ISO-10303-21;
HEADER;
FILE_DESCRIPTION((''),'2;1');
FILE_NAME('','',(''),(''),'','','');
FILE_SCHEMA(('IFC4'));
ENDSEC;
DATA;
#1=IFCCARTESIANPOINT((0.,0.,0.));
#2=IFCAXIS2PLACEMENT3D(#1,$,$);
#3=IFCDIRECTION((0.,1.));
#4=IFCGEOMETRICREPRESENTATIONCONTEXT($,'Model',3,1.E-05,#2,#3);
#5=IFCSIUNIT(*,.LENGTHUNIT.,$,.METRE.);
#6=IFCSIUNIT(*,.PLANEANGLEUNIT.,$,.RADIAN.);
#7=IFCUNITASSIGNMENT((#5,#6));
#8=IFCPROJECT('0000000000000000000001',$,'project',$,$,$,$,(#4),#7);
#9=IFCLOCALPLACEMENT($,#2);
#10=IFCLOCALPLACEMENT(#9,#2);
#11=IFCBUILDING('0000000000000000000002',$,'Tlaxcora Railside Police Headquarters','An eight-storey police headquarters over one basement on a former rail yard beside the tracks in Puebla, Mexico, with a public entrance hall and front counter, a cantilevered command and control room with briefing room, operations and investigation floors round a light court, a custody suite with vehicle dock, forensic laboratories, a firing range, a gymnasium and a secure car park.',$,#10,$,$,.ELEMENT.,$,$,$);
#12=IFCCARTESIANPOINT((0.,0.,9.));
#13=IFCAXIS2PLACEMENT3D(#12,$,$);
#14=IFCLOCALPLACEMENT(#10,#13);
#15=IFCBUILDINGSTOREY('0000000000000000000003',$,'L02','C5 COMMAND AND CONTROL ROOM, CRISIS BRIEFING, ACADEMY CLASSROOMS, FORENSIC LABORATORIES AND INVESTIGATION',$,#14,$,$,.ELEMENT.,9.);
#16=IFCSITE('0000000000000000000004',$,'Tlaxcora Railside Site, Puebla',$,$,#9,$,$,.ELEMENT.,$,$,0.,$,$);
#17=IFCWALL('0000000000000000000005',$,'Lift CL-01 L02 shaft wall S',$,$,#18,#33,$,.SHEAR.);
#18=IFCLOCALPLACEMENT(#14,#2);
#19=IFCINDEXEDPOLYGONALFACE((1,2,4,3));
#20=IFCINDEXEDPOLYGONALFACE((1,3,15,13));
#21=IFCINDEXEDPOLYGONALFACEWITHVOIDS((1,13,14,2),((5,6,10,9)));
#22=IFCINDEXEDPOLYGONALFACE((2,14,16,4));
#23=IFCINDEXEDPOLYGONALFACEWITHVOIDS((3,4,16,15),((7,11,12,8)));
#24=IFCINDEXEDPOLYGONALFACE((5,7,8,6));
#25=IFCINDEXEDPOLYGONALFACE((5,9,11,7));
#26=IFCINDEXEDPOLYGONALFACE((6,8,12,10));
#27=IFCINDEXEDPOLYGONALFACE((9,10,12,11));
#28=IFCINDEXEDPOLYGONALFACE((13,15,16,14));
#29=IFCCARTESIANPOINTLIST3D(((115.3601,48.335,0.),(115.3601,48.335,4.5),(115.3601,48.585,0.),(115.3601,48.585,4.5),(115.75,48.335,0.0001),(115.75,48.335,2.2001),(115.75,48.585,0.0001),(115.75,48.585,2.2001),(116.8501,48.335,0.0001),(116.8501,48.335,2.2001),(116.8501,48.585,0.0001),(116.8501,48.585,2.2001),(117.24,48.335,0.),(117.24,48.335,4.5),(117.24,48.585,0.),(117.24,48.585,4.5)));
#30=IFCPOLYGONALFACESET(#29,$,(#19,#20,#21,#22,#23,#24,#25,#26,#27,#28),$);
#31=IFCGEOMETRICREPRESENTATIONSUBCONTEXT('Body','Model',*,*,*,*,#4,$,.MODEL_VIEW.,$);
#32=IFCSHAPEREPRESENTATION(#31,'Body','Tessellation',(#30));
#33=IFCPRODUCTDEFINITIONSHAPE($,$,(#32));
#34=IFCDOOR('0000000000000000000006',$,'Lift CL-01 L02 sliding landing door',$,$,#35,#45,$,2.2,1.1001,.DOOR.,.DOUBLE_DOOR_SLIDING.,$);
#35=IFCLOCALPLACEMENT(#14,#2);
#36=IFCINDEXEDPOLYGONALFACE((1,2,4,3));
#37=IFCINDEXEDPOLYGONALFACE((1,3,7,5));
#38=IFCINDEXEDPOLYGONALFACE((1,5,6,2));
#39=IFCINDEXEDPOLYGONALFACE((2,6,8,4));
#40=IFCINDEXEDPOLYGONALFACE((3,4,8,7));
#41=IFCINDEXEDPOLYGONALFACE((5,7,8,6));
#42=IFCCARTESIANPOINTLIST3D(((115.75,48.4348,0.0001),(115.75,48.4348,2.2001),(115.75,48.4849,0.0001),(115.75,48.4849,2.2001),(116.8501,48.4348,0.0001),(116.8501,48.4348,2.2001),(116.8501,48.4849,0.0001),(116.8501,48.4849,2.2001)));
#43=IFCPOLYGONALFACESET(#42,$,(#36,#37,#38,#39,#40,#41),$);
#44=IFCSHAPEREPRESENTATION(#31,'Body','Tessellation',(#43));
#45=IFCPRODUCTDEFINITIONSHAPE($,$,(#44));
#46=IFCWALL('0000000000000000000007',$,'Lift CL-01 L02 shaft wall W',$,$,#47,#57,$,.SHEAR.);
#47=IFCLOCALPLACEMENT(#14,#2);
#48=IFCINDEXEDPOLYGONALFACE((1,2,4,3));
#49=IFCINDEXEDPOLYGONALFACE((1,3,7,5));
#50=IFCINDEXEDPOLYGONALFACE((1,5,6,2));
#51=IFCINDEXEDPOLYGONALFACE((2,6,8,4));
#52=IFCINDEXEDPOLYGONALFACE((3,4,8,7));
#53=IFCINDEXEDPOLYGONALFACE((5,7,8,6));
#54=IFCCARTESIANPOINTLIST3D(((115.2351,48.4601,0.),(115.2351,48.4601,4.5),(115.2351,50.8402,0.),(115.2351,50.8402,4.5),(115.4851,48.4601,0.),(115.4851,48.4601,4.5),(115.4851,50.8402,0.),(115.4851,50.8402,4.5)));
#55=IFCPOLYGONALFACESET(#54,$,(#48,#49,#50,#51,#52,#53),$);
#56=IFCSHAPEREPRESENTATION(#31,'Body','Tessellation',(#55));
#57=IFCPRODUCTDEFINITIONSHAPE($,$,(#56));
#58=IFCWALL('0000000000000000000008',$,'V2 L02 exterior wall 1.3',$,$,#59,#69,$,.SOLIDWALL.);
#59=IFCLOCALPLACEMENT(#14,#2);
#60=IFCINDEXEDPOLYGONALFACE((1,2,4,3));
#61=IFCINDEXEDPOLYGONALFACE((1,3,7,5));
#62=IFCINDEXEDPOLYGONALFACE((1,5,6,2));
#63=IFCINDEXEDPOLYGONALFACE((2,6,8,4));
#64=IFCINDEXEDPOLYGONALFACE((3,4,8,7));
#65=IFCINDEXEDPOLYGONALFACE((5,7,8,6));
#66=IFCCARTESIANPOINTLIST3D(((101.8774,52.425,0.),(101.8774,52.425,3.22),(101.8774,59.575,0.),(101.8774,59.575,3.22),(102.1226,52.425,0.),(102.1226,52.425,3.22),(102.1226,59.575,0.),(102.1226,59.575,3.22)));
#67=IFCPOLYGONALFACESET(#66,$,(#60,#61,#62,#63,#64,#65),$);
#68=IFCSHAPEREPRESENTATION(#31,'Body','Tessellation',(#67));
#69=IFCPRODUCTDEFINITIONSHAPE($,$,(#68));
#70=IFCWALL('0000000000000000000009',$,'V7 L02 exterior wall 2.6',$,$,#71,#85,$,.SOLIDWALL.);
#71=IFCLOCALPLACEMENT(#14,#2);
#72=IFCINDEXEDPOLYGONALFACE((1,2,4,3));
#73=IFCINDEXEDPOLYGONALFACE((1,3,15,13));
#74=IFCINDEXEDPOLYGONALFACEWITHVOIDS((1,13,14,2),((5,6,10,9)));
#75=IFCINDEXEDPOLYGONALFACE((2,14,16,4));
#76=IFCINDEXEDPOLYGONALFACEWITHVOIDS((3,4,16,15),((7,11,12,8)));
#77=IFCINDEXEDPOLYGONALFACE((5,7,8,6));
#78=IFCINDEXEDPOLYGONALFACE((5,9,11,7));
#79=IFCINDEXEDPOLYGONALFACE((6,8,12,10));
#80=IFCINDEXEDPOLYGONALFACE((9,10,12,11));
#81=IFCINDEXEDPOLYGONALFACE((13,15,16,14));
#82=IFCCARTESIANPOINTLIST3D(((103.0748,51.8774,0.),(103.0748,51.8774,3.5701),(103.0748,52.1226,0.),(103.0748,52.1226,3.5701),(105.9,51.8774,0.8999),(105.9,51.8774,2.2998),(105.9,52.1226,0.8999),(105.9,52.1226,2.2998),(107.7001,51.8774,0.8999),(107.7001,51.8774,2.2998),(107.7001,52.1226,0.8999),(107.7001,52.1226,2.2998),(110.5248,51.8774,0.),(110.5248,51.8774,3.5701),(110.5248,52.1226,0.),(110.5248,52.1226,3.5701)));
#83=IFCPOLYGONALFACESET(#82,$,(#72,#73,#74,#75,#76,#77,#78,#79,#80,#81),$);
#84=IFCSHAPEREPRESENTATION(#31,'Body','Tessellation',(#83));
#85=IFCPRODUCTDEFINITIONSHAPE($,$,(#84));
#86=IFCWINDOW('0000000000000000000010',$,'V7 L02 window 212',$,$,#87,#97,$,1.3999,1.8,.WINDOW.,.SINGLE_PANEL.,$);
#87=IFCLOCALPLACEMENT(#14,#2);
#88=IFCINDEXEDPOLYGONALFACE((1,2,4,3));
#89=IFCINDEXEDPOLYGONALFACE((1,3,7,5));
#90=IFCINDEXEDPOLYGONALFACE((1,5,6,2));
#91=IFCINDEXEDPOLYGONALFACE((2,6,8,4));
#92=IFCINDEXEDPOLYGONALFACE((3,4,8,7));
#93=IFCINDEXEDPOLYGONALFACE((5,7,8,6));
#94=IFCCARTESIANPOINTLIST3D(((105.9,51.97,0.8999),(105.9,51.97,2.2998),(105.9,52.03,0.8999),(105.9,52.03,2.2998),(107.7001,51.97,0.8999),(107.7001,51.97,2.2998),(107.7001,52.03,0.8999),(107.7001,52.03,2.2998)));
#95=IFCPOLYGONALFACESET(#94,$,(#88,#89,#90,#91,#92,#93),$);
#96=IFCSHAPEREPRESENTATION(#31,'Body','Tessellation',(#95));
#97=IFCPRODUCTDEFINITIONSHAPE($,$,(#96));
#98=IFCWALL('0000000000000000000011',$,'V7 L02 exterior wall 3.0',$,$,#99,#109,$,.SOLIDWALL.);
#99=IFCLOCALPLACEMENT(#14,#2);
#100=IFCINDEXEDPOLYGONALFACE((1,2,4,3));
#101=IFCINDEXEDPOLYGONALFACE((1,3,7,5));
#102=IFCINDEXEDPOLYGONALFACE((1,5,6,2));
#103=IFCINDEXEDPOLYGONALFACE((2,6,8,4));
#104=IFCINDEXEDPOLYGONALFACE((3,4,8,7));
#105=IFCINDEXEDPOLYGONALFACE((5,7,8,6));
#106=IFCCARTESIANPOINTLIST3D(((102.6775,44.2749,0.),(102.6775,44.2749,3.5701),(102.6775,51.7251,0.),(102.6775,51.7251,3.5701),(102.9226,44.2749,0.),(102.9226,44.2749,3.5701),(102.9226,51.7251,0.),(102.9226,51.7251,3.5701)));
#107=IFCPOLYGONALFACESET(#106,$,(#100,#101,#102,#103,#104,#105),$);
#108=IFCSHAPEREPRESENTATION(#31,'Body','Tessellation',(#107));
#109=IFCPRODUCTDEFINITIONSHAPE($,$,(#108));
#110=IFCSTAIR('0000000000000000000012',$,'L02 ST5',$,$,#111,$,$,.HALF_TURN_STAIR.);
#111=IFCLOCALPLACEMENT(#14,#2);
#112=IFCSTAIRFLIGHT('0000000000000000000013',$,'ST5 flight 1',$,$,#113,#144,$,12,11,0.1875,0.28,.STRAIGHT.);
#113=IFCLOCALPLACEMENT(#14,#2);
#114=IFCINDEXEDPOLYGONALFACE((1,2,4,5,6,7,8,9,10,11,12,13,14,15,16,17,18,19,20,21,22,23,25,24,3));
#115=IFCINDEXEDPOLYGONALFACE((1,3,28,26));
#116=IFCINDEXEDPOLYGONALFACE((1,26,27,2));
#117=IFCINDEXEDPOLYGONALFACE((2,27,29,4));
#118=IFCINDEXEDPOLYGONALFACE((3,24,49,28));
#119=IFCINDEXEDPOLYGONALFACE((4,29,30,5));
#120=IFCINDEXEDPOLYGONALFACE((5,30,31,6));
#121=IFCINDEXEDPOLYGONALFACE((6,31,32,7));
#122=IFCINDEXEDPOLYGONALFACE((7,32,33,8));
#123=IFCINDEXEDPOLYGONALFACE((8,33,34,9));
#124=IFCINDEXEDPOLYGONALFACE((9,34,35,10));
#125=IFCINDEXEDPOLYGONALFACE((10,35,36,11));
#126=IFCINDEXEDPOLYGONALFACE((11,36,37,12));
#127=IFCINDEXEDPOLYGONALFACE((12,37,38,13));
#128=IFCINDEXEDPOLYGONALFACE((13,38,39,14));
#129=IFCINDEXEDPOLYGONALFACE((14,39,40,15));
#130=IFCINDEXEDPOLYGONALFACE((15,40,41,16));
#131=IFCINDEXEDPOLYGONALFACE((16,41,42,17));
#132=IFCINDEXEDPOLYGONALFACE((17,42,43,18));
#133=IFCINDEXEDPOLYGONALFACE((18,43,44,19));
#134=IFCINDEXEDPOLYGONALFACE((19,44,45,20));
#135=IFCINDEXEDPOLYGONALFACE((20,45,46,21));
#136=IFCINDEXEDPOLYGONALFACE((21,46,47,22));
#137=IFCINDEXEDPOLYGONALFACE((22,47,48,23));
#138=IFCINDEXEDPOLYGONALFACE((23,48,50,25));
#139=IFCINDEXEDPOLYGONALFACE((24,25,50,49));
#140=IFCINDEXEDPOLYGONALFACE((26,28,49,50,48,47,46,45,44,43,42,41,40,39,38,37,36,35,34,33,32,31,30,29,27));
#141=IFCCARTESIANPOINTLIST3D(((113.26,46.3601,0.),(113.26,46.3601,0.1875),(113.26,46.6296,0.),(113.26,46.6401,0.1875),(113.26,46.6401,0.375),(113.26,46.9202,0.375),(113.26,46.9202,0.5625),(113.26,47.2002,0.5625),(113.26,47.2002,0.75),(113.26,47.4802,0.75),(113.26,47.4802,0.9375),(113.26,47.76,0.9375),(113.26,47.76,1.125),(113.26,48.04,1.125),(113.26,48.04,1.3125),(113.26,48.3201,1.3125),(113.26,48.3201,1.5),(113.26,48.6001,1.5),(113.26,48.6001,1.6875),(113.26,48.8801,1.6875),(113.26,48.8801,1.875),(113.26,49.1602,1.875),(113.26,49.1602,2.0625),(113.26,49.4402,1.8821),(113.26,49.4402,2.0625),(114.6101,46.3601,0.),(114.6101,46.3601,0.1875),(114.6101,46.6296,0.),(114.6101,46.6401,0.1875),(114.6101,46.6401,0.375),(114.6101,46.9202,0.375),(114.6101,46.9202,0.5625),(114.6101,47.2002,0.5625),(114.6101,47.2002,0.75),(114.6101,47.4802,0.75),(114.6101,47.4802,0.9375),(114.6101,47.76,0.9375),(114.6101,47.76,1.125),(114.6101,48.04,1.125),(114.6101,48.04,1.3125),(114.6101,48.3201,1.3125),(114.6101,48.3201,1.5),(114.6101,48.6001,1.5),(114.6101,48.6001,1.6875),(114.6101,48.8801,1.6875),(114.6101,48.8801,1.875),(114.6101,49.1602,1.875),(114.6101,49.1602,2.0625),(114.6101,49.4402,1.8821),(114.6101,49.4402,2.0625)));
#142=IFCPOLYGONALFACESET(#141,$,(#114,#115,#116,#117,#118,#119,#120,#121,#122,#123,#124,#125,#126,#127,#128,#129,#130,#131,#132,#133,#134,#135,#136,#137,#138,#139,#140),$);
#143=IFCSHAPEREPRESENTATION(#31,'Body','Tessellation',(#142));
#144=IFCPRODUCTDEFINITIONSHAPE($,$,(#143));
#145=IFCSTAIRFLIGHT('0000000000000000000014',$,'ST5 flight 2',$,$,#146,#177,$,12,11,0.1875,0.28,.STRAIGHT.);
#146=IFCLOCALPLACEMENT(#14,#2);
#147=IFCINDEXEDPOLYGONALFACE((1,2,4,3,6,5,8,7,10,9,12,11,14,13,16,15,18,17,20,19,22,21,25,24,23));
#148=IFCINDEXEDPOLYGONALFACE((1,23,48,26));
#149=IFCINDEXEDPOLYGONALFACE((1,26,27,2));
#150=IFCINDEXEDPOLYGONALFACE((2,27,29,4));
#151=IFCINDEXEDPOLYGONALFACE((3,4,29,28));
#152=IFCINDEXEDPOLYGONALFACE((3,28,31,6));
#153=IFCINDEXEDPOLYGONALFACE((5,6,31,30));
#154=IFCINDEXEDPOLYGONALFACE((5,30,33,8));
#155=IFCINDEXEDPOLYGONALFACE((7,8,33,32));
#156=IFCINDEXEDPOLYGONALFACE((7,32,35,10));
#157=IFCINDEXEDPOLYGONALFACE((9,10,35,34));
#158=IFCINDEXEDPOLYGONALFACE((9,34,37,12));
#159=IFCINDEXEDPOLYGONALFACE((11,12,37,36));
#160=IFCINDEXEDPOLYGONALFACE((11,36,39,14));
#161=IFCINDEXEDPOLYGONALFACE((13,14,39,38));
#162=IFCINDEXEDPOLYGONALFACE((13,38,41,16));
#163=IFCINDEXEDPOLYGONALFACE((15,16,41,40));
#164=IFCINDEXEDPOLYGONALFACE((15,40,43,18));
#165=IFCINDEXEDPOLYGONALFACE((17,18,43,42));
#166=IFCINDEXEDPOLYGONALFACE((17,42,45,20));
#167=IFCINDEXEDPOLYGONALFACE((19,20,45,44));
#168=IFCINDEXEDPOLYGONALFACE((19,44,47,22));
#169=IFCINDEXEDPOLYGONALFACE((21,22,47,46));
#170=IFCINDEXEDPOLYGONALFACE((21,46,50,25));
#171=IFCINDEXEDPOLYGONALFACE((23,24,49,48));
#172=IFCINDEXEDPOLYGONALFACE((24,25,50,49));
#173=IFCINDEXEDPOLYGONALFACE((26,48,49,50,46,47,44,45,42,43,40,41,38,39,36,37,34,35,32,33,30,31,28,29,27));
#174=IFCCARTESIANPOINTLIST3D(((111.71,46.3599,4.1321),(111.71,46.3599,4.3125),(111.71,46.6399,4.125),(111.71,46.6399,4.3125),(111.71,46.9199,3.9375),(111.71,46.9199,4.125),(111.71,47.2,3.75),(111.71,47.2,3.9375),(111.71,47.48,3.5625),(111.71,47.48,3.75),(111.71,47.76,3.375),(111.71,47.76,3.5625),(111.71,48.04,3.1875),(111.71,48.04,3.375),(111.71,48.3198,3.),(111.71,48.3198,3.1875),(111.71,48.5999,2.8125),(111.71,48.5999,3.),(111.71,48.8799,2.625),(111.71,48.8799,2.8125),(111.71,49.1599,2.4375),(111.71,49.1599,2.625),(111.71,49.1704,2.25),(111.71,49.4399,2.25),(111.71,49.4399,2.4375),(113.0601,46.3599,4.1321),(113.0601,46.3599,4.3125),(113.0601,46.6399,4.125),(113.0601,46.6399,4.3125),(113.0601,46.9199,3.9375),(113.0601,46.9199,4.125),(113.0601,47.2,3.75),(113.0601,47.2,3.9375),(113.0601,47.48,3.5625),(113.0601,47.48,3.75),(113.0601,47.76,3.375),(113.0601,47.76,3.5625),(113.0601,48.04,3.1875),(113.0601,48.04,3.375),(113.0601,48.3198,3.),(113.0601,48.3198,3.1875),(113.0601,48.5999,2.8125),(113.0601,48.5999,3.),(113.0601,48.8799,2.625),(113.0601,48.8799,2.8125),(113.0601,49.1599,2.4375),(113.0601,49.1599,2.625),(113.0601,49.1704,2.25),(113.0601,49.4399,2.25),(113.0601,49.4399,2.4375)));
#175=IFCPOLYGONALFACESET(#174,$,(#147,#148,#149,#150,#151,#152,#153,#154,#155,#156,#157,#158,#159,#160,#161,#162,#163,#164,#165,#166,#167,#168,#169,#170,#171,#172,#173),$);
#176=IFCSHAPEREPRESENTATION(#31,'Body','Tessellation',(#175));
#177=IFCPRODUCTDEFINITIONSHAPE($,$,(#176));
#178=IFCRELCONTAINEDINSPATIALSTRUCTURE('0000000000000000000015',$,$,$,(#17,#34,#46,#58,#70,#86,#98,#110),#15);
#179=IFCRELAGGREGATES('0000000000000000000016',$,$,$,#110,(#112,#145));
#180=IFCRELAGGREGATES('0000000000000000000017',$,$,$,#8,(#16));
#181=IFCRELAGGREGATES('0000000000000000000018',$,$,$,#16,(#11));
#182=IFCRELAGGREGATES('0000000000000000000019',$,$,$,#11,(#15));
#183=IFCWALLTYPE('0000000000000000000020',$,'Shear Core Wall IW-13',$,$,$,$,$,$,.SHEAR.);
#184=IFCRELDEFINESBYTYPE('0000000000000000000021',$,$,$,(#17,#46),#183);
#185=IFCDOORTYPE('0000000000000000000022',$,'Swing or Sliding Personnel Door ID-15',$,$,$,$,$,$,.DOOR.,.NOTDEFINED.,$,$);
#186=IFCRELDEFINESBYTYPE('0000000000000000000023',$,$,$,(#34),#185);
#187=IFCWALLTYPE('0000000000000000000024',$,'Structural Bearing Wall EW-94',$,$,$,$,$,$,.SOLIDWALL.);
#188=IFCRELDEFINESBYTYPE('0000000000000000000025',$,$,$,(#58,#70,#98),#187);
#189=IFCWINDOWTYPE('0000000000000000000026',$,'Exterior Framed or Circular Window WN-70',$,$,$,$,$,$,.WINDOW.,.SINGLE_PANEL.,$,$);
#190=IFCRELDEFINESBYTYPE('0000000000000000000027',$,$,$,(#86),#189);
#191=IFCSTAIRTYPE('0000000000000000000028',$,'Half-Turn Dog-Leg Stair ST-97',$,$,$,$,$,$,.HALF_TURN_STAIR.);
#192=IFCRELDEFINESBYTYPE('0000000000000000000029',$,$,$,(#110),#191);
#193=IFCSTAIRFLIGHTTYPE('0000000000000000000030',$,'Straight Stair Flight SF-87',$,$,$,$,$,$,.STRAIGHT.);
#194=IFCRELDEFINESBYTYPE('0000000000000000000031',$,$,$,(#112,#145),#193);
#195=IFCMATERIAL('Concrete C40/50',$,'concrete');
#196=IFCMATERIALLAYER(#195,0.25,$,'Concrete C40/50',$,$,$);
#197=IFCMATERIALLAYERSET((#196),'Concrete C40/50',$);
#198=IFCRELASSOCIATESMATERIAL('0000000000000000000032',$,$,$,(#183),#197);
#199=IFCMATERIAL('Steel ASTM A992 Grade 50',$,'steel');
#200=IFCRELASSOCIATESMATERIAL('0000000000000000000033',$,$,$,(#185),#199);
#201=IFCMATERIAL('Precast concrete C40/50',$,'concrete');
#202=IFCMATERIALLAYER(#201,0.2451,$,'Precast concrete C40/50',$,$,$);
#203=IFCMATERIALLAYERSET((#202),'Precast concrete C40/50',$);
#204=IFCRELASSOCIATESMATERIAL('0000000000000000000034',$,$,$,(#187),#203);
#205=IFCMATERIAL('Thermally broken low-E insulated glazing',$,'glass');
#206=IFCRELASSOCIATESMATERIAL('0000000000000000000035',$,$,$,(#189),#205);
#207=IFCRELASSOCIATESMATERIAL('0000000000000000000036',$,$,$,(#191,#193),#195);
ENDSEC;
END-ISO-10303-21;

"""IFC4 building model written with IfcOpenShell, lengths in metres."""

from ifc_helpers import new_model, si_unit, direction, frame, frame_2d, origin, place, context, subcontext, project, spatial, polyline, rectangle, outline, extrude, material, layer, layer_set, type_object, element, fill, aggregate, save


model = new_model("IFC4")

# Units and contexts
model_context = context("Model", 3, precision=1e-05, world=origin(), true_north=direction((0.0, 1.0)))
body_context = subcontext(model_context, "Body", "Model", "MODEL_VIEW")
ifc_project = project(units=[si_unit("LENGTHUNIT", "METRE"), si_unit("PLANEANGLEUNIT", "RADIAN")], contexts=[model_context])

# Site, building, storey
site_placement = place(None, origin())
site = spatial("IfcSite", under=ifc_project, at=site_placement, Name="Tlaxcora Railside Site, Puebla", CompositionType="ELEMENT", RefElevation=0.0)
building_placement = place(site_placement, origin())
building = spatial("IfcBuilding", under=site, at=building_placement, Name="Tlaxcora Railside Police Headquarters", Description="An eight-storey police headquarters over one basement on a former rail yard beside the tracks in Puebla, Mexico, with a public entrance hall and front counter, a cantilevered command and control room with briefing room, operations and investigation floors round a light court, a custody suite with vehicle dock, forensic laboratories, a firing range, a gymnasium and a secure car park.", CompositionType="ELEMENT")
storey_placement = place(building_placement, frame((0.0, 0.0, 9.0)))
storey = spatial("IfcBuildingStorey", under=building, at=storey_placement, Name="L02", Description="C5 COMMAND AND CONTROL ROOM, CRISIS BRIEFING, ACADEMY CLASSROOMS, FORENSIC LABORATORIES AND INVESTIGATION", CompositionType="ELEMENT", Elevation=9.0)

# Shared definitions
ifc_material_1 = material(Name="Concrete C40/50", Category="concrete")

# Shared definitions
ifc_material_2 = material(Name="Steel ASTM A992 Grade 50", Category="steel")

# Shared definitions
ifc_layer_1 = layer(ifc_material_1, 0.25, Name="Concrete C40/50")
ifc_layer_set_1 = layer_set([ifc_layer_1], Name="Concrete C40/50")
wall_type_1 = type_object("IfcWallType", Name="Shear Core Wall IW-13", PredefinedType="SHEAR", material=ifc_layer_set_1)

# Wall, opening, door
wall_1_placement = place(storey_placement, frame((115.3601, 48.46, 0.0), z_axis=(0.0, 0.0, 1.0), x_axis=(1.0, 0.0, 0.0)))
wall_1 = element("IfcWall", 1, at=wall_1_placement, inside=storey, type_object=wall_type_1, Name="Lift CL-01 L02 shaft wall S", PredefinedType="SHEAR", context=body_context, shape_type="SweptSolid", body=[
    extrude(rectangle(XDim=1.8799, YDim=0.25, at=frame_2d((0.9399, 0.0))), origin(), (0.0, 0.0, 1.0), 4.5),
])
opening_1_placement = place(wall_1_placement, frame((0.3899, 0.0, 0.0)))
opening_1 = element("IfcOpeningElement", 2, at=opening_1_placement, cuts=wall_1, PredefinedType="OPENING", context=body_context, shape_type="SweptSolid", body=[
    extrude(rectangle(XDim=1.1001, YDim=2.2, at=frame_2d((0.55, 1.1001))), frame((0.0, 0.135, 0.0), z_axis=(0.0, -1.0, 0.0), x_axis=(1.0, 0.0, 0.0)), (0.0, 0.0, 1.0), 0.27),
])
door_type_1 = type_object("IfcDoorType", Name="Swing or Sliding Personnel Door ID-15", OperationType="NOTDEFINED", PredefinedType="DOOR", material=ifc_material_2)
door_1_placement = place(opening_1_placement, origin())
door_1 = element("IfcDoor", 3, at=door_1_placement, inside=storey, type_object=door_type_1, Name="Lift CL-01 L02 sliding landing door", OperationType="DOUBLE_DOOR_SLIDING", OverallHeight=2.2, OverallWidth=1.1001, PredefinedType="DOOR", context=body_context, shape_type="SweptSolid", body=[
    extrude(rectangle(XDim=1.1001, YDim=2.2, at=frame_2d((0.55, 1.1001))), frame((0.0, 0.0249, 0.0), z_axis=(0.0, -1.0, 0.0), x_axis=(1.0, 0.0, 0.0)), (0.0, 0.0, 1.0), 0.05),
])
fill(opening_1, door_1)

# Walls
wall_2_placement = place(storey_placement, frame((115.3601, 50.8401, 0.0), z_axis=(0.0, 0.0, 1.0), x_axis=(0.0, -1.0, 0.0)))
element("IfcWall", 4, at=wall_2_placement, inside=storey, type_object=wall_type_1, Name="Lift CL-01 L02 shaft wall W", PredefinedType="SHEAR", context=body_context, shape_type="SweptSolid", body=[
    extrude(rectangle(XDim=2.3801, YDim=0.25, at=frame_2d((1.1899, 0.0))), origin(), (0.0, 0.0, 1.0), 4.5),
])
ifc_material_3 = material(Name="Precast concrete C40/50", Category="concrete")
ifc_layer_2 = layer(ifc_material_3, 0.2451, Name="Precast concrete C40/50")
ifc_layer_set_2 = layer_set([ifc_layer_2], Name="Precast concrete C40/50")
wall_type_2 = type_object("IfcWallType", Name="Structural Bearing Wall EW-94", PredefinedType="SOLIDWALL", material=ifc_layer_set_2)
wall_3_placement = place(storey_placement, frame((102.0, 52.425, 0.0), z_axis=(0.0, 0.0, 1.0), x_axis=(0.0, 1.0, 0.0)))
element("IfcWall", 5, at=wall_3_placement, inside=storey, type_object=wall_type_2, Name="V2 L02 exterior wall 1.3", PredefinedType="SOLIDWALL", context=body_context, shape_type="SweptSolid", body=[
    extrude(rectangle(XDim=7.1499, YDim=0.2451, at=frame_2d((3.575, 0.0))), origin(), (0.0, 0.0, 1.0), 3.22),
])

# Wall, opening, window
wall_4_placement = place(storey_placement, frame((110.5249, 52.0, 0.0), z_axis=(0.0, 0.0, 1.0), x_axis=(-1.0, 0.0, 0.0)))
wall_4 = element("IfcWall", 6, at=wall_4_placement, inside=storey, type_object=wall_type_2, Name="V7 L02 exterior wall 2.6", PredefinedType="SOLIDWALL", context=body_context, shape_type="SweptSolid", body=[
    extrude(rectangle(XDim=7.45, YDim=0.2451, at=frame_2d((3.7251, 0.0))), origin(), (0.0, 0.0, 1.0), 3.5701),
])
opening_2_placement = place(wall_4_placement, frame((2.825, 0.0, 0.8999)))
opening_2 = element("IfcOpeningElement", 7, at=opening_2_placement, cuts=wall_4, PredefinedType="OPENING", context=body_context, shape_type="SweptSolid", body=[
    extrude(rectangle(XDim=1.8, YDim=1.3999, at=frame_2d((0.8999, 0.7))), frame((0.0, 0.1326, 0.0), z_axis=(0.0, -1.0, 0.0), x_axis=(1.0, 0.0, 0.0)), (0.0, 0.0, 1.0), 0.2651),
])
ifc_material_4 = material(Name="Thermally broken low-E insulated glazing", Category="glass")
window_type = type_object("IfcWindowType", Name="Exterior Framed or Circular Window WN-70", PartitioningType="SINGLE_PANEL", PredefinedType="WINDOW", material=ifc_material_4)
window_placement = place(opening_2_placement, origin())
window = element("IfcWindow", 8, at=window_placement, inside=storey, type_object=window_type, Name="V7 L02 window 212", OverallHeight=1.3999, OverallWidth=1.8, PartitioningType="SINGLE_PANEL", PredefinedType="WINDOW", context=body_context, shape_type="SweptSolid", body=[
    extrude(rectangle(XDim=1.8, YDim=1.3999, at=frame_2d((0.8999, 0.7))), frame((0.0, 0.03, 0.0), z_axis=(0.0, -1.0, 0.0), x_axis=(1.0, 0.0, 0.0)), (0.0, 0.0, 1.0), 0.0601),
])
fill(opening_2, window)

# Wall
wall_5_placement = place(storey_placement, frame((102.8, 51.7251, 0.0), z_axis=(0.0, 0.0, 1.0), x_axis=(0.0, -1.0, 0.0)))
element("IfcWall", 9, at=wall_5_placement, inside=storey, type_object=wall_type_2, Name="V7 L02 exterior wall 3.0", PredefinedType="SOLIDWALL", context=body_context, shape_type="SweptSolid", body=[
    extrude(rectangle(XDim=7.4502, YDim=0.2451, at=frame_2d((3.7251, 0.0))), origin(), (0.0, 0.0, 1.0), 3.5701),
])

# Stair, stair flights
stair_type = type_object("IfcStairType", Name="Half-Turn Dog-Leg Stair ST-97", PredefinedType="HALF_TURN_STAIR", material=ifc_material_1)
stair_placement = place(storey_placement, origin())
stair = element("IfcStair", 10, at=stair_placement, inside=storey, type_object=stair_type, Name="L02 ST5", PredefinedType="HALF_TURN_STAIR")
stair_flight_type = type_object("IfcStairFlightType", Name="Straight Stair Flight SF-87", PredefinedType="STRAIGHT", material=ifc_material_1)
stair_flight_1_placement = place(storey_placement, frame((113.9351, 46.3601, 0.0), z_axis=(0.0, 0.0, 1.0), x_axis=(0.0, 1.0, 0.0)))
stair_flight_1 = element("IfcStairFlight", 11, at=stair_flight_1_placement, type_object=stair_flight_type, Name="ST5 flight 1", NumberOfRisers=12, NumberOfTreads=11, PredefinedType="STRAIGHT", RiserHeight=0.1875, TreadLength=0.28, context=body_context, shape_type="SweptSolid", body=[
    extrude(outline(polyline([(0.0, 0.0), (0.0, 0.1875), (0.28, 0.1875), (0.28, 0.375), (0.5601, 0.375), (0.5601, 0.5625), (0.8401, 0.5625), (0.8401, 0.75), (1.1201, 0.75), (1.1201, 0.9375), (1.3999, 0.9375), (1.3999, 1.125), (1.6799, 1.125), (1.6799, 1.3125), (1.96, 1.3125), (1.96, 1.5), (2.24, 1.5), (2.24, 1.6875), (2.52, 1.6875), (2.52, 1.875), (2.8, 1.875), (2.8, 2.0625), (3.0801, 2.0625), (3.0801, 2.25), (3.0801, 1.8821), (0.2695, 0.0), (0.0, 0.0)])), frame((0.0, 0.675, 0.0), z_axis=(0.0, -1.0, 0.0), x_axis=(1.0, 0.0, 0.0)), (0.0, 0.0, 1.0), 1.3501),
])
stair_flight_2_placement = place(storey_placement, frame((112.385, 49.4399, 2.25), z_axis=(0.0, 0.0, 1.0), x_axis=(0.0, -1.0, 0.0)))
stair_flight_2 = element("IfcStairFlight", 12, at=stair_flight_2_placement, type_object=stair_flight_type, Name="ST5 flight 2", NumberOfRisers=12, NumberOfTreads=11, PredefinedType="STRAIGHT", RiserHeight=0.1875, TreadLength=0.28, context=body_context, shape_type="SweptSolid", body=[
    extrude(outline(polyline([(0.0, 0.0), (0.0, 0.1875), (0.28, 0.1875), (0.28, 0.375), (0.5601, 0.375), (0.5601, 0.5625), (0.8401, 0.5625), (0.8401, 0.75), (1.1201, 0.75), (1.1201, 0.9375), (1.3999, 0.9375), (1.3999, 1.125), (1.6799, 1.125), (1.6799, 1.3125), (1.96, 1.3125), (1.96, 1.5), (2.24, 1.5), (2.24, 1.6875), (2.52, 1.6875), (2.52, 1.875), (2.8, 1.875), (2.8, 2.0625), (3.0801, 2.0625), (3.0801, 2.25), (3.0801, 1.8821), (0.2695, 0.0), (0.0, 0.0)])), frame((0.0, 0.675, 0.0), z_axis=(0.0, -1.0, 0.0), x_axis=(1.0, 0.0, 0.0)), (0.0, 0.0, 1.0), 1.3501),
])
aggregate(stair, [stair_flight_1, stair_flight_2])

save(model, "model.ifc")
